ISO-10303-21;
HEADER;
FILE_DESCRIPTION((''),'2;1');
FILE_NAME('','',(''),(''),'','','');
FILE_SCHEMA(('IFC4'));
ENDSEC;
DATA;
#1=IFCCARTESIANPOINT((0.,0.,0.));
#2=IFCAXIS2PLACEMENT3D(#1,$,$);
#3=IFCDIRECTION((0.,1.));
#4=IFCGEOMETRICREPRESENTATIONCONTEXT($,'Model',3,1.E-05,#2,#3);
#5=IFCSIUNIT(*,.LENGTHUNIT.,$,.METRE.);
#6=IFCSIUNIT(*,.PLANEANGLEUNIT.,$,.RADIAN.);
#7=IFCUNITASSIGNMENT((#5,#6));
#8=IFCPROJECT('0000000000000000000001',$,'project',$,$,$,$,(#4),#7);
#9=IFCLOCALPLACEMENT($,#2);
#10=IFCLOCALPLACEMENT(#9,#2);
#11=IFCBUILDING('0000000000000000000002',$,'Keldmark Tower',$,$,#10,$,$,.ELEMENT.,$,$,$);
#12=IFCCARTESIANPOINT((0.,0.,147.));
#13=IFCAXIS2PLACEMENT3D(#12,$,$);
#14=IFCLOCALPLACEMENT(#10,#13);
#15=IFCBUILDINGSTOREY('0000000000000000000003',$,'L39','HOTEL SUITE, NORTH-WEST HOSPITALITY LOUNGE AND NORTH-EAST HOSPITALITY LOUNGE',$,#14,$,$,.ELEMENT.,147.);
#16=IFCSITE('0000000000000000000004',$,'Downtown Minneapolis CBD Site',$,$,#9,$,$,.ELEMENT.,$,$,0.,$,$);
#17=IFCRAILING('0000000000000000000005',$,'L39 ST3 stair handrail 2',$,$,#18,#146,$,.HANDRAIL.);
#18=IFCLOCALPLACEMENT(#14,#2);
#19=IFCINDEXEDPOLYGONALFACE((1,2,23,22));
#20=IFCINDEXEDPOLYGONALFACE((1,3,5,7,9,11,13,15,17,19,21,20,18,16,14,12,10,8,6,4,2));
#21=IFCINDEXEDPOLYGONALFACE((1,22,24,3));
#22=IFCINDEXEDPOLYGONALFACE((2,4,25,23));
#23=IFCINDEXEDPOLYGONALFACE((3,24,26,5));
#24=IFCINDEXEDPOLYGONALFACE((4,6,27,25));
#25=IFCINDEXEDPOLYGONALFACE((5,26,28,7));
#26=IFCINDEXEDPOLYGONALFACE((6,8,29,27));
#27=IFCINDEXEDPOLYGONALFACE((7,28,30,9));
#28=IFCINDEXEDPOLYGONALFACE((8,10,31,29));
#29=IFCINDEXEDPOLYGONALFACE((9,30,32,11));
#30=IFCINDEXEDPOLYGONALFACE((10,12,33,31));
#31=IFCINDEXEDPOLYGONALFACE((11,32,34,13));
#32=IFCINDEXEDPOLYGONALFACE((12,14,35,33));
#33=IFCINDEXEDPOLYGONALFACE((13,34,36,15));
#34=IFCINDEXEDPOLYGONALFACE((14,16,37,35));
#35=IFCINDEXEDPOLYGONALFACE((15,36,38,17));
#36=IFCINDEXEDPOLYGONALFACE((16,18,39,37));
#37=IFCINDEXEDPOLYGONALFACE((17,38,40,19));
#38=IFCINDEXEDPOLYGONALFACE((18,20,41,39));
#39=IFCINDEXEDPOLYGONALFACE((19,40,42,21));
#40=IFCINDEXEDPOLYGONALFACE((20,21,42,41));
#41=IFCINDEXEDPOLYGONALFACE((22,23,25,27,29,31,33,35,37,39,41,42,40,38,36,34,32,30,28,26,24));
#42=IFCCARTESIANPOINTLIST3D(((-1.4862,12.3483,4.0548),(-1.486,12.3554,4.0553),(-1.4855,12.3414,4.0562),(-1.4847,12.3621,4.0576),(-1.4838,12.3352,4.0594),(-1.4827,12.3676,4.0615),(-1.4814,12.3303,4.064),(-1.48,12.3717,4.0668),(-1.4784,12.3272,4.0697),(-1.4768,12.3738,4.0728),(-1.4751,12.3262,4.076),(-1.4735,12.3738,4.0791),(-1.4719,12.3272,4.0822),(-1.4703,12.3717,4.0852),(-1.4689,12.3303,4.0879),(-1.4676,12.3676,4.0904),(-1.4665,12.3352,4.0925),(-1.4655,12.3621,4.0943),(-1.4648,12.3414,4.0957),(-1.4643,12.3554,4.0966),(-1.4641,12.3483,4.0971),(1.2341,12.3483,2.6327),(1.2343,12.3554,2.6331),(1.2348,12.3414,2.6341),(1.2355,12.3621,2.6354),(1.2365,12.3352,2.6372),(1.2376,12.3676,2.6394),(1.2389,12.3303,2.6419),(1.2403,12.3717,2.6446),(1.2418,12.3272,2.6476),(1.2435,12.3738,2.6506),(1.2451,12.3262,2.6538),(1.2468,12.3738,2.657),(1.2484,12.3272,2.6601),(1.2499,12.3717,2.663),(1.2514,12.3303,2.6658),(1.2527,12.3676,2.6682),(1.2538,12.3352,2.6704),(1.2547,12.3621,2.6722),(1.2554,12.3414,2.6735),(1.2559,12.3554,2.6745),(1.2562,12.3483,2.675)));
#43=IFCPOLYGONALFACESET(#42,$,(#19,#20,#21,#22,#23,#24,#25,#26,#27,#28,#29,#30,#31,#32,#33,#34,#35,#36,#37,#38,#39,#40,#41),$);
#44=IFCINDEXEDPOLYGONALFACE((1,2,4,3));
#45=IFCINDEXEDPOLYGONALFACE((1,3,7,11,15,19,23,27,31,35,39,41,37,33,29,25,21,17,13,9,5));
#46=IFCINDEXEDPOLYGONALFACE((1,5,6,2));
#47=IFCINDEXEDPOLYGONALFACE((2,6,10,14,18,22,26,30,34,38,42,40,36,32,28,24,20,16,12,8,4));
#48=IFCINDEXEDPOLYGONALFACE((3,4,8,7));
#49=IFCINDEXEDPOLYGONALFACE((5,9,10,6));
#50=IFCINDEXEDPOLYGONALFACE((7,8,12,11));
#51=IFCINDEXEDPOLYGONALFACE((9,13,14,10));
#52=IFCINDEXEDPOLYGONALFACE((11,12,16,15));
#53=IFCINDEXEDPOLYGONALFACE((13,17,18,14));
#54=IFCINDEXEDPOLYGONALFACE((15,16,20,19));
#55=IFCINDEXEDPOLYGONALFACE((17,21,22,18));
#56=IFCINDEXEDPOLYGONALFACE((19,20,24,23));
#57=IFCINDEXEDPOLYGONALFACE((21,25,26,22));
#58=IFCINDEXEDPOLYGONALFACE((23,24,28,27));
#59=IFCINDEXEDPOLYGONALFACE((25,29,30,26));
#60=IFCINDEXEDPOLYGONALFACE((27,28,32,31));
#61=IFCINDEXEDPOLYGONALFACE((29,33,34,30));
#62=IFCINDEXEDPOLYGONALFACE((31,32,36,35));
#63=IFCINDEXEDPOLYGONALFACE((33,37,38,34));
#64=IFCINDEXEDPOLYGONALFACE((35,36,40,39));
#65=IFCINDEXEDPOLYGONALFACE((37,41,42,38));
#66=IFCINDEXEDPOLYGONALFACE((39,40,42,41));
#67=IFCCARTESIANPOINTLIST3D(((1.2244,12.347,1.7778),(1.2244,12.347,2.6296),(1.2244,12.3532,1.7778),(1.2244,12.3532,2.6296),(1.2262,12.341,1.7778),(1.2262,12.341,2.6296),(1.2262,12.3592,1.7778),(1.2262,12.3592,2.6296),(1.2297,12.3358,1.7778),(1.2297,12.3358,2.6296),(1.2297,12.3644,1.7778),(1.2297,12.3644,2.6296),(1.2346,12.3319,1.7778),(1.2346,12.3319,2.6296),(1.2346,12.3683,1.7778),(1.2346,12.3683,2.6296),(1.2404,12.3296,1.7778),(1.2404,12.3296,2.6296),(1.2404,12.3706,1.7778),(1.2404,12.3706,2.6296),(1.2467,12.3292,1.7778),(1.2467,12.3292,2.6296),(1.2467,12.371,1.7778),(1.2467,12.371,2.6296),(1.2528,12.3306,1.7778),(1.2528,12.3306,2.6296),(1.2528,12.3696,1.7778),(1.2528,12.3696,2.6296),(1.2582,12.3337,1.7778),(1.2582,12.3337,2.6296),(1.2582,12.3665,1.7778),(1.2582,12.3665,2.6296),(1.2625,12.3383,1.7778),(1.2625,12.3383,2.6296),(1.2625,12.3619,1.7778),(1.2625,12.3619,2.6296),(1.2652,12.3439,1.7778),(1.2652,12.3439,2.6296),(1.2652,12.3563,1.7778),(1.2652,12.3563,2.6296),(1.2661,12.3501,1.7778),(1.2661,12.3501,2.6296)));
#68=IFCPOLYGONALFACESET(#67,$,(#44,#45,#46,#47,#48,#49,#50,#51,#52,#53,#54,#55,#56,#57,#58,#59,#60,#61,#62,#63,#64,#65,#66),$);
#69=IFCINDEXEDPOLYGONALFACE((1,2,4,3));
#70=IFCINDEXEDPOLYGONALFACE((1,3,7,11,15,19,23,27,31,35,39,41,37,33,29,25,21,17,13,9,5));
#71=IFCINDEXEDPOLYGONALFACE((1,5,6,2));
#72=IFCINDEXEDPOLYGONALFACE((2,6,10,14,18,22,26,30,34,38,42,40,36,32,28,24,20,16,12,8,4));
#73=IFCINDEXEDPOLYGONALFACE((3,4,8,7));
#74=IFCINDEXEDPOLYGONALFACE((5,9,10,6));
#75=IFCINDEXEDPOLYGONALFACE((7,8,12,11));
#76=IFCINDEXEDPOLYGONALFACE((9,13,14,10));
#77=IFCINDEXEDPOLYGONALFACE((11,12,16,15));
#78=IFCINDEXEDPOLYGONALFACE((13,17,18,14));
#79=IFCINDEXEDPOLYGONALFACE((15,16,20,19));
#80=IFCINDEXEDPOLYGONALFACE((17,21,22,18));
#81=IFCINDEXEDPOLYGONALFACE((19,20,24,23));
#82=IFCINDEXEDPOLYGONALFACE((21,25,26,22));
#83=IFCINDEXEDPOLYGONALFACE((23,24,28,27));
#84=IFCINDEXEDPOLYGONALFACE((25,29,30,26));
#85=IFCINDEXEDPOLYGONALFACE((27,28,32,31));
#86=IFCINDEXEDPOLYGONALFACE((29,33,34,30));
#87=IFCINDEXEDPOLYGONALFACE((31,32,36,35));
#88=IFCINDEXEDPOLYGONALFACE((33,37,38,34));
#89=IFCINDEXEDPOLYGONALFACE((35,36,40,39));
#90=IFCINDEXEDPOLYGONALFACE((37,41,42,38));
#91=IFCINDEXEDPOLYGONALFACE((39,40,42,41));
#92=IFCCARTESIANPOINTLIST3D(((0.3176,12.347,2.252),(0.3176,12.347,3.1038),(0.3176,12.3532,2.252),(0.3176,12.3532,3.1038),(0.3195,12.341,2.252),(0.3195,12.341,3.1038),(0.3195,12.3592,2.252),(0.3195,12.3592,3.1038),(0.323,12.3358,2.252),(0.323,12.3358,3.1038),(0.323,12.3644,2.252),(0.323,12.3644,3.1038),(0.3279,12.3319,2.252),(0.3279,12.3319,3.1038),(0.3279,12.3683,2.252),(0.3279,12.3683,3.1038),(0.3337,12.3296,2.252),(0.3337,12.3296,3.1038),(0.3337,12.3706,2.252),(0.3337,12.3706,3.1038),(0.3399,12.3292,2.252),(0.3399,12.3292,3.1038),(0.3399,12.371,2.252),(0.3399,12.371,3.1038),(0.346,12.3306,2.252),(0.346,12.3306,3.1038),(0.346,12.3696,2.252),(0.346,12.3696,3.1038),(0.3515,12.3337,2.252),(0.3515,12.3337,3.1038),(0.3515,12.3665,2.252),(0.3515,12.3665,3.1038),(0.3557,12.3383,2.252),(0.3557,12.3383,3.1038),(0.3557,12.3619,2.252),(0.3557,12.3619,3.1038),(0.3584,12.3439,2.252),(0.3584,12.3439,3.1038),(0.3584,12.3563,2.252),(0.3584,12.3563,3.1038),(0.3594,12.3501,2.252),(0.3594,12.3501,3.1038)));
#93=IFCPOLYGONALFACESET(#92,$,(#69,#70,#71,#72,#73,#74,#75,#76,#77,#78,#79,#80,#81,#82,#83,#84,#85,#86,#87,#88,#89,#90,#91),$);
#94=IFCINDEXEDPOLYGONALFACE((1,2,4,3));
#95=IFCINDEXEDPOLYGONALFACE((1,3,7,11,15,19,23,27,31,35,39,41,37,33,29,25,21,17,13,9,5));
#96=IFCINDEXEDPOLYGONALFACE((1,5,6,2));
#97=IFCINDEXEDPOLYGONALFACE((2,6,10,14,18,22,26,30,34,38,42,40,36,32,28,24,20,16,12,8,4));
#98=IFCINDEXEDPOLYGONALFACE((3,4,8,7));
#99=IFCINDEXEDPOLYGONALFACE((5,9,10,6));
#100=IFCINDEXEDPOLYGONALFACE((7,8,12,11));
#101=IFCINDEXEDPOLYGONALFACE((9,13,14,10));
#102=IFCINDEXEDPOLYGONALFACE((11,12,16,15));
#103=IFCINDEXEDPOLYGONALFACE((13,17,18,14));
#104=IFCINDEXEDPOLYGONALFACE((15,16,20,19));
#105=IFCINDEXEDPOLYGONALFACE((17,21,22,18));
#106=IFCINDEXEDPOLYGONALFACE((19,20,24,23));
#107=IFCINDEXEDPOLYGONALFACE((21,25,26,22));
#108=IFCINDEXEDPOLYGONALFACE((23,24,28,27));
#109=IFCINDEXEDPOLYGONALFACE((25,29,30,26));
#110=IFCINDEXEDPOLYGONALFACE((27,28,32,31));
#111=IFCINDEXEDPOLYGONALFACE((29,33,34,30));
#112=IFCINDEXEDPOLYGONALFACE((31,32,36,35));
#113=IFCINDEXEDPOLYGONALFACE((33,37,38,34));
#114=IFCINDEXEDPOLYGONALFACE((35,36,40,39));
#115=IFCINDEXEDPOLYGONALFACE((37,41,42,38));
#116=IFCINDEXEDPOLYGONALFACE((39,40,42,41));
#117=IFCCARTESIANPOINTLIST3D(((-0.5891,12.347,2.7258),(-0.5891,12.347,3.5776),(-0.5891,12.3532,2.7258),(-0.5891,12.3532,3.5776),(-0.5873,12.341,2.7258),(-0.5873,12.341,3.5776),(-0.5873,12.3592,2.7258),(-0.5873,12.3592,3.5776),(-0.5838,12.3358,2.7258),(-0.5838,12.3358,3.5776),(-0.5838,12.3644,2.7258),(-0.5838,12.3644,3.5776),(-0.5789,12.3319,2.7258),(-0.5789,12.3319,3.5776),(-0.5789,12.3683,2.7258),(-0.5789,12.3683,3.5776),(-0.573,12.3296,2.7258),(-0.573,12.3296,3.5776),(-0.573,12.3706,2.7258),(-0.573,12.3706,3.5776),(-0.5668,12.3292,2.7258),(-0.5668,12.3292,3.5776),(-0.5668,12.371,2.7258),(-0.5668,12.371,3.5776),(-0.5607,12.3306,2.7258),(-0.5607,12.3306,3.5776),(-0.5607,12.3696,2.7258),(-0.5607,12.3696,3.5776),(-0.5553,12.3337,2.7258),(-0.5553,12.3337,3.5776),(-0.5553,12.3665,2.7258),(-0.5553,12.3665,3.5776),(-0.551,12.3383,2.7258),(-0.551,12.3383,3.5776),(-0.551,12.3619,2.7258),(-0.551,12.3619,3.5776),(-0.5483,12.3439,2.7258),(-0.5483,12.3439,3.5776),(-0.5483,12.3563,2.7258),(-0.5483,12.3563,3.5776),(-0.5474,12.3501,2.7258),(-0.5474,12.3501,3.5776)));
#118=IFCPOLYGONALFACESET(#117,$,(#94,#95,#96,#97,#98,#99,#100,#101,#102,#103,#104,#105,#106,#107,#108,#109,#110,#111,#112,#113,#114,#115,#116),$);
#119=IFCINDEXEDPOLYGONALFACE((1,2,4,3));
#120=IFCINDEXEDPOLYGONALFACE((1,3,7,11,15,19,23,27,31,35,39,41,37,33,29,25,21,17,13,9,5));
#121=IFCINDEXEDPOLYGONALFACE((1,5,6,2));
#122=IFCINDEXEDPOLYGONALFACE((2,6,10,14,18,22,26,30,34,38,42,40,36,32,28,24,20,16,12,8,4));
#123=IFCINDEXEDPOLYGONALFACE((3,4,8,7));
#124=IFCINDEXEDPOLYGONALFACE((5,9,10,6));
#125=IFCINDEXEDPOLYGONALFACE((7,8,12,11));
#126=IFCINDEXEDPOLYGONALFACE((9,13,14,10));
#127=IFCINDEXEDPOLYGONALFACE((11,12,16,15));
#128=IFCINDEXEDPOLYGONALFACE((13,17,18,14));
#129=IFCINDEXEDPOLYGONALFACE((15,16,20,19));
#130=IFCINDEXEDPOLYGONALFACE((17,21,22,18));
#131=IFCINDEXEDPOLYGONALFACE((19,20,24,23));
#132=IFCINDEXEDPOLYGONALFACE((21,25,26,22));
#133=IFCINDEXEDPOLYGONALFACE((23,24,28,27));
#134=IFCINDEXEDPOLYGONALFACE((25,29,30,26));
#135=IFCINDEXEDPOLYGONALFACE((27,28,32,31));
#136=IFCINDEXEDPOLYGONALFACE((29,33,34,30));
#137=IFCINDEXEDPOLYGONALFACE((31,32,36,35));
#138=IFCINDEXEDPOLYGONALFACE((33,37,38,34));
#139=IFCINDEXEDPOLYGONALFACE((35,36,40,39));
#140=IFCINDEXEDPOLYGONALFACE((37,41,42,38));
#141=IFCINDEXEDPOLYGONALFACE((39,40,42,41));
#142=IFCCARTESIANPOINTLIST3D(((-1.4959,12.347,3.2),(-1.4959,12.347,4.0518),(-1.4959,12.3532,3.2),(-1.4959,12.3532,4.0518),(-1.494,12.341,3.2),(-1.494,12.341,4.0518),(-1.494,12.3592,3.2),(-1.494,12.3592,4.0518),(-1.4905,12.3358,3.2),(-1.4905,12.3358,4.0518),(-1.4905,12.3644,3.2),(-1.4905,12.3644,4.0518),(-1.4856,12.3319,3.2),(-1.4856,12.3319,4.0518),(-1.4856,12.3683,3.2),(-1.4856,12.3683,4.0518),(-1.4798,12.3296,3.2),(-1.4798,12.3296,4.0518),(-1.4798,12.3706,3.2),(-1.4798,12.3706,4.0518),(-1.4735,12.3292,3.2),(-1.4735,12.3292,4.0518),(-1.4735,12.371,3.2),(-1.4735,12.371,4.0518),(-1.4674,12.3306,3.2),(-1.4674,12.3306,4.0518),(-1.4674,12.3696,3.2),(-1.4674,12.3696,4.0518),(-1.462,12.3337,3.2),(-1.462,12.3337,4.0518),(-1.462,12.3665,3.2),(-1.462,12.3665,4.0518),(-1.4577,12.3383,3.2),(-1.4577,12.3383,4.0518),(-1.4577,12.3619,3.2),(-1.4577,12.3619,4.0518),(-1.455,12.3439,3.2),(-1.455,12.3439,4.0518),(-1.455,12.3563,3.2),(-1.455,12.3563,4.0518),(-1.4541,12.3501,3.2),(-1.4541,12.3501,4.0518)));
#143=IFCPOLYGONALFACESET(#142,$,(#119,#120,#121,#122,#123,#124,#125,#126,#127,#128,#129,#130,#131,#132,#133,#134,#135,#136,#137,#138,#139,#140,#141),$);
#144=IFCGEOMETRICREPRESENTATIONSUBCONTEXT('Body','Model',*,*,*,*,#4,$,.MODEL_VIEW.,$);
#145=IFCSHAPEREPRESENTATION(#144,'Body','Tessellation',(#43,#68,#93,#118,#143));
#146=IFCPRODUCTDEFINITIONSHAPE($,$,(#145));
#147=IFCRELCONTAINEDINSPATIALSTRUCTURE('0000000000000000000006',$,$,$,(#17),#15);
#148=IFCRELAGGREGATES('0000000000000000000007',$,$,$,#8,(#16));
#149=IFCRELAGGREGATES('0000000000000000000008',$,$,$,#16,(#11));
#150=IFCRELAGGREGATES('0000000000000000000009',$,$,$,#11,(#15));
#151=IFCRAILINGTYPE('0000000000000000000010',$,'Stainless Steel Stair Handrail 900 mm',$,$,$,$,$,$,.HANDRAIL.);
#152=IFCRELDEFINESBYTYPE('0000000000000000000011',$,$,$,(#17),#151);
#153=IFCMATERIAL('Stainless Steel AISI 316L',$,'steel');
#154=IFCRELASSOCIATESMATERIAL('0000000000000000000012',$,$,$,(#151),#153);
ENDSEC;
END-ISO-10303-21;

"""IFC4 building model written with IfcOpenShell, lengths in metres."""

from ifc_helpers import new_model, si_unit, direction, frame, origin, origin_2d, place, context, subcontext, project, spatial, circle, extrude, material, type_object, element, save


model = new_model("IFC4")

# Units and contexts
model_context = context("Model", 3, precision=1e-05, world=origin(), true_north=direction((0.0, 1.0)))
body_context = subcontext(model_context, "Body", "Model", "MODEL_VIEW")
ifc_project = project(units=[si_unit("LENGTHUNIT", "METRE"), si_unit("PLANEANGLEUNIT", "RADIAN")], contexts=[model_context])

# Site, building, storey
site_placement = place(None, origin())
site = spatial("IfcSite", under=ifc_project, at=site_placement, Name="Downtown Minneapolis CBD Site", CompositionType="ELEMENT", RefElevation=0.0)
building_placement = place(site_placement, origin())
building = spatial("IfcBuilding", under=site, at=building_placement, Name="Keldmark Tower", CompositionType="ELEMENT")
storey_placement = place(building_placement, frame((0.0, 0.0, 147.0)))
storey = spatial("IfcBuildingStorey", under=building, at=storey_placement, Name="L39", Description="HOTEL SUITE, NORTH-WEST HOSPITALITY LOUNGE AND NORTH-EAST HOSPITALITY LOUNGE", CompositionType="ELEMENT", Elevation=147.0)

# Railing
ifc_material_1 = material(Name="Stainless Steel AISI 316L", Category="steel")
railing_type_1 = type_object("IfcRailingType", Name="Stainless Steel Stair Handrail 900 mm", PredefinedType="HANDRAIL", material=ifc_material_1)
railing_1_placement = place(storey_placement, frame((1.2451, 12.3501, 1.7778)))
element("IfcRailing", 1, at=railing_1_placement, inside=storey, type_object=railing_type_1, Name="L39 ST3 stair handrail 2", PredefinedType="HANDRAIL", context=body_context, shape_type="SweptSolid", body=[
    extrude(circle(Radius=0.0239, at=origin_2d()), frame((0.0, 0.0, 0.876), z_axis=(-0.8862, 0.0, 0.463302), x_axis=(0.0, -1.0, 0.0)), (0.0, 0.0, 1.0), 3.0696),
    extrude(circle(Radius=0.021, at=origin_2d()), origin(), (0.0, 0.0, 1.0), 0.8518),
    extrude(circle(Radius=0.021, at=origin_2d()), frame((-0.9067, 0.0, 0.4741)), (0.0, 0.0, 1.0), 0.8518),
    extrude(circle(Radius=0.021, at=origin_2d()), frame((-1.8135, 0.0, 0.948)), (0.0, 0.0, 1.0), 0.8518),
    extrude(circle(Radius=0.021, at=origin_2d()), frame((-2.7202, 0.0, 1.4221)), (0.0, 0.0, 1.0), 0.8518),
])

save(model, "model.ifc")
